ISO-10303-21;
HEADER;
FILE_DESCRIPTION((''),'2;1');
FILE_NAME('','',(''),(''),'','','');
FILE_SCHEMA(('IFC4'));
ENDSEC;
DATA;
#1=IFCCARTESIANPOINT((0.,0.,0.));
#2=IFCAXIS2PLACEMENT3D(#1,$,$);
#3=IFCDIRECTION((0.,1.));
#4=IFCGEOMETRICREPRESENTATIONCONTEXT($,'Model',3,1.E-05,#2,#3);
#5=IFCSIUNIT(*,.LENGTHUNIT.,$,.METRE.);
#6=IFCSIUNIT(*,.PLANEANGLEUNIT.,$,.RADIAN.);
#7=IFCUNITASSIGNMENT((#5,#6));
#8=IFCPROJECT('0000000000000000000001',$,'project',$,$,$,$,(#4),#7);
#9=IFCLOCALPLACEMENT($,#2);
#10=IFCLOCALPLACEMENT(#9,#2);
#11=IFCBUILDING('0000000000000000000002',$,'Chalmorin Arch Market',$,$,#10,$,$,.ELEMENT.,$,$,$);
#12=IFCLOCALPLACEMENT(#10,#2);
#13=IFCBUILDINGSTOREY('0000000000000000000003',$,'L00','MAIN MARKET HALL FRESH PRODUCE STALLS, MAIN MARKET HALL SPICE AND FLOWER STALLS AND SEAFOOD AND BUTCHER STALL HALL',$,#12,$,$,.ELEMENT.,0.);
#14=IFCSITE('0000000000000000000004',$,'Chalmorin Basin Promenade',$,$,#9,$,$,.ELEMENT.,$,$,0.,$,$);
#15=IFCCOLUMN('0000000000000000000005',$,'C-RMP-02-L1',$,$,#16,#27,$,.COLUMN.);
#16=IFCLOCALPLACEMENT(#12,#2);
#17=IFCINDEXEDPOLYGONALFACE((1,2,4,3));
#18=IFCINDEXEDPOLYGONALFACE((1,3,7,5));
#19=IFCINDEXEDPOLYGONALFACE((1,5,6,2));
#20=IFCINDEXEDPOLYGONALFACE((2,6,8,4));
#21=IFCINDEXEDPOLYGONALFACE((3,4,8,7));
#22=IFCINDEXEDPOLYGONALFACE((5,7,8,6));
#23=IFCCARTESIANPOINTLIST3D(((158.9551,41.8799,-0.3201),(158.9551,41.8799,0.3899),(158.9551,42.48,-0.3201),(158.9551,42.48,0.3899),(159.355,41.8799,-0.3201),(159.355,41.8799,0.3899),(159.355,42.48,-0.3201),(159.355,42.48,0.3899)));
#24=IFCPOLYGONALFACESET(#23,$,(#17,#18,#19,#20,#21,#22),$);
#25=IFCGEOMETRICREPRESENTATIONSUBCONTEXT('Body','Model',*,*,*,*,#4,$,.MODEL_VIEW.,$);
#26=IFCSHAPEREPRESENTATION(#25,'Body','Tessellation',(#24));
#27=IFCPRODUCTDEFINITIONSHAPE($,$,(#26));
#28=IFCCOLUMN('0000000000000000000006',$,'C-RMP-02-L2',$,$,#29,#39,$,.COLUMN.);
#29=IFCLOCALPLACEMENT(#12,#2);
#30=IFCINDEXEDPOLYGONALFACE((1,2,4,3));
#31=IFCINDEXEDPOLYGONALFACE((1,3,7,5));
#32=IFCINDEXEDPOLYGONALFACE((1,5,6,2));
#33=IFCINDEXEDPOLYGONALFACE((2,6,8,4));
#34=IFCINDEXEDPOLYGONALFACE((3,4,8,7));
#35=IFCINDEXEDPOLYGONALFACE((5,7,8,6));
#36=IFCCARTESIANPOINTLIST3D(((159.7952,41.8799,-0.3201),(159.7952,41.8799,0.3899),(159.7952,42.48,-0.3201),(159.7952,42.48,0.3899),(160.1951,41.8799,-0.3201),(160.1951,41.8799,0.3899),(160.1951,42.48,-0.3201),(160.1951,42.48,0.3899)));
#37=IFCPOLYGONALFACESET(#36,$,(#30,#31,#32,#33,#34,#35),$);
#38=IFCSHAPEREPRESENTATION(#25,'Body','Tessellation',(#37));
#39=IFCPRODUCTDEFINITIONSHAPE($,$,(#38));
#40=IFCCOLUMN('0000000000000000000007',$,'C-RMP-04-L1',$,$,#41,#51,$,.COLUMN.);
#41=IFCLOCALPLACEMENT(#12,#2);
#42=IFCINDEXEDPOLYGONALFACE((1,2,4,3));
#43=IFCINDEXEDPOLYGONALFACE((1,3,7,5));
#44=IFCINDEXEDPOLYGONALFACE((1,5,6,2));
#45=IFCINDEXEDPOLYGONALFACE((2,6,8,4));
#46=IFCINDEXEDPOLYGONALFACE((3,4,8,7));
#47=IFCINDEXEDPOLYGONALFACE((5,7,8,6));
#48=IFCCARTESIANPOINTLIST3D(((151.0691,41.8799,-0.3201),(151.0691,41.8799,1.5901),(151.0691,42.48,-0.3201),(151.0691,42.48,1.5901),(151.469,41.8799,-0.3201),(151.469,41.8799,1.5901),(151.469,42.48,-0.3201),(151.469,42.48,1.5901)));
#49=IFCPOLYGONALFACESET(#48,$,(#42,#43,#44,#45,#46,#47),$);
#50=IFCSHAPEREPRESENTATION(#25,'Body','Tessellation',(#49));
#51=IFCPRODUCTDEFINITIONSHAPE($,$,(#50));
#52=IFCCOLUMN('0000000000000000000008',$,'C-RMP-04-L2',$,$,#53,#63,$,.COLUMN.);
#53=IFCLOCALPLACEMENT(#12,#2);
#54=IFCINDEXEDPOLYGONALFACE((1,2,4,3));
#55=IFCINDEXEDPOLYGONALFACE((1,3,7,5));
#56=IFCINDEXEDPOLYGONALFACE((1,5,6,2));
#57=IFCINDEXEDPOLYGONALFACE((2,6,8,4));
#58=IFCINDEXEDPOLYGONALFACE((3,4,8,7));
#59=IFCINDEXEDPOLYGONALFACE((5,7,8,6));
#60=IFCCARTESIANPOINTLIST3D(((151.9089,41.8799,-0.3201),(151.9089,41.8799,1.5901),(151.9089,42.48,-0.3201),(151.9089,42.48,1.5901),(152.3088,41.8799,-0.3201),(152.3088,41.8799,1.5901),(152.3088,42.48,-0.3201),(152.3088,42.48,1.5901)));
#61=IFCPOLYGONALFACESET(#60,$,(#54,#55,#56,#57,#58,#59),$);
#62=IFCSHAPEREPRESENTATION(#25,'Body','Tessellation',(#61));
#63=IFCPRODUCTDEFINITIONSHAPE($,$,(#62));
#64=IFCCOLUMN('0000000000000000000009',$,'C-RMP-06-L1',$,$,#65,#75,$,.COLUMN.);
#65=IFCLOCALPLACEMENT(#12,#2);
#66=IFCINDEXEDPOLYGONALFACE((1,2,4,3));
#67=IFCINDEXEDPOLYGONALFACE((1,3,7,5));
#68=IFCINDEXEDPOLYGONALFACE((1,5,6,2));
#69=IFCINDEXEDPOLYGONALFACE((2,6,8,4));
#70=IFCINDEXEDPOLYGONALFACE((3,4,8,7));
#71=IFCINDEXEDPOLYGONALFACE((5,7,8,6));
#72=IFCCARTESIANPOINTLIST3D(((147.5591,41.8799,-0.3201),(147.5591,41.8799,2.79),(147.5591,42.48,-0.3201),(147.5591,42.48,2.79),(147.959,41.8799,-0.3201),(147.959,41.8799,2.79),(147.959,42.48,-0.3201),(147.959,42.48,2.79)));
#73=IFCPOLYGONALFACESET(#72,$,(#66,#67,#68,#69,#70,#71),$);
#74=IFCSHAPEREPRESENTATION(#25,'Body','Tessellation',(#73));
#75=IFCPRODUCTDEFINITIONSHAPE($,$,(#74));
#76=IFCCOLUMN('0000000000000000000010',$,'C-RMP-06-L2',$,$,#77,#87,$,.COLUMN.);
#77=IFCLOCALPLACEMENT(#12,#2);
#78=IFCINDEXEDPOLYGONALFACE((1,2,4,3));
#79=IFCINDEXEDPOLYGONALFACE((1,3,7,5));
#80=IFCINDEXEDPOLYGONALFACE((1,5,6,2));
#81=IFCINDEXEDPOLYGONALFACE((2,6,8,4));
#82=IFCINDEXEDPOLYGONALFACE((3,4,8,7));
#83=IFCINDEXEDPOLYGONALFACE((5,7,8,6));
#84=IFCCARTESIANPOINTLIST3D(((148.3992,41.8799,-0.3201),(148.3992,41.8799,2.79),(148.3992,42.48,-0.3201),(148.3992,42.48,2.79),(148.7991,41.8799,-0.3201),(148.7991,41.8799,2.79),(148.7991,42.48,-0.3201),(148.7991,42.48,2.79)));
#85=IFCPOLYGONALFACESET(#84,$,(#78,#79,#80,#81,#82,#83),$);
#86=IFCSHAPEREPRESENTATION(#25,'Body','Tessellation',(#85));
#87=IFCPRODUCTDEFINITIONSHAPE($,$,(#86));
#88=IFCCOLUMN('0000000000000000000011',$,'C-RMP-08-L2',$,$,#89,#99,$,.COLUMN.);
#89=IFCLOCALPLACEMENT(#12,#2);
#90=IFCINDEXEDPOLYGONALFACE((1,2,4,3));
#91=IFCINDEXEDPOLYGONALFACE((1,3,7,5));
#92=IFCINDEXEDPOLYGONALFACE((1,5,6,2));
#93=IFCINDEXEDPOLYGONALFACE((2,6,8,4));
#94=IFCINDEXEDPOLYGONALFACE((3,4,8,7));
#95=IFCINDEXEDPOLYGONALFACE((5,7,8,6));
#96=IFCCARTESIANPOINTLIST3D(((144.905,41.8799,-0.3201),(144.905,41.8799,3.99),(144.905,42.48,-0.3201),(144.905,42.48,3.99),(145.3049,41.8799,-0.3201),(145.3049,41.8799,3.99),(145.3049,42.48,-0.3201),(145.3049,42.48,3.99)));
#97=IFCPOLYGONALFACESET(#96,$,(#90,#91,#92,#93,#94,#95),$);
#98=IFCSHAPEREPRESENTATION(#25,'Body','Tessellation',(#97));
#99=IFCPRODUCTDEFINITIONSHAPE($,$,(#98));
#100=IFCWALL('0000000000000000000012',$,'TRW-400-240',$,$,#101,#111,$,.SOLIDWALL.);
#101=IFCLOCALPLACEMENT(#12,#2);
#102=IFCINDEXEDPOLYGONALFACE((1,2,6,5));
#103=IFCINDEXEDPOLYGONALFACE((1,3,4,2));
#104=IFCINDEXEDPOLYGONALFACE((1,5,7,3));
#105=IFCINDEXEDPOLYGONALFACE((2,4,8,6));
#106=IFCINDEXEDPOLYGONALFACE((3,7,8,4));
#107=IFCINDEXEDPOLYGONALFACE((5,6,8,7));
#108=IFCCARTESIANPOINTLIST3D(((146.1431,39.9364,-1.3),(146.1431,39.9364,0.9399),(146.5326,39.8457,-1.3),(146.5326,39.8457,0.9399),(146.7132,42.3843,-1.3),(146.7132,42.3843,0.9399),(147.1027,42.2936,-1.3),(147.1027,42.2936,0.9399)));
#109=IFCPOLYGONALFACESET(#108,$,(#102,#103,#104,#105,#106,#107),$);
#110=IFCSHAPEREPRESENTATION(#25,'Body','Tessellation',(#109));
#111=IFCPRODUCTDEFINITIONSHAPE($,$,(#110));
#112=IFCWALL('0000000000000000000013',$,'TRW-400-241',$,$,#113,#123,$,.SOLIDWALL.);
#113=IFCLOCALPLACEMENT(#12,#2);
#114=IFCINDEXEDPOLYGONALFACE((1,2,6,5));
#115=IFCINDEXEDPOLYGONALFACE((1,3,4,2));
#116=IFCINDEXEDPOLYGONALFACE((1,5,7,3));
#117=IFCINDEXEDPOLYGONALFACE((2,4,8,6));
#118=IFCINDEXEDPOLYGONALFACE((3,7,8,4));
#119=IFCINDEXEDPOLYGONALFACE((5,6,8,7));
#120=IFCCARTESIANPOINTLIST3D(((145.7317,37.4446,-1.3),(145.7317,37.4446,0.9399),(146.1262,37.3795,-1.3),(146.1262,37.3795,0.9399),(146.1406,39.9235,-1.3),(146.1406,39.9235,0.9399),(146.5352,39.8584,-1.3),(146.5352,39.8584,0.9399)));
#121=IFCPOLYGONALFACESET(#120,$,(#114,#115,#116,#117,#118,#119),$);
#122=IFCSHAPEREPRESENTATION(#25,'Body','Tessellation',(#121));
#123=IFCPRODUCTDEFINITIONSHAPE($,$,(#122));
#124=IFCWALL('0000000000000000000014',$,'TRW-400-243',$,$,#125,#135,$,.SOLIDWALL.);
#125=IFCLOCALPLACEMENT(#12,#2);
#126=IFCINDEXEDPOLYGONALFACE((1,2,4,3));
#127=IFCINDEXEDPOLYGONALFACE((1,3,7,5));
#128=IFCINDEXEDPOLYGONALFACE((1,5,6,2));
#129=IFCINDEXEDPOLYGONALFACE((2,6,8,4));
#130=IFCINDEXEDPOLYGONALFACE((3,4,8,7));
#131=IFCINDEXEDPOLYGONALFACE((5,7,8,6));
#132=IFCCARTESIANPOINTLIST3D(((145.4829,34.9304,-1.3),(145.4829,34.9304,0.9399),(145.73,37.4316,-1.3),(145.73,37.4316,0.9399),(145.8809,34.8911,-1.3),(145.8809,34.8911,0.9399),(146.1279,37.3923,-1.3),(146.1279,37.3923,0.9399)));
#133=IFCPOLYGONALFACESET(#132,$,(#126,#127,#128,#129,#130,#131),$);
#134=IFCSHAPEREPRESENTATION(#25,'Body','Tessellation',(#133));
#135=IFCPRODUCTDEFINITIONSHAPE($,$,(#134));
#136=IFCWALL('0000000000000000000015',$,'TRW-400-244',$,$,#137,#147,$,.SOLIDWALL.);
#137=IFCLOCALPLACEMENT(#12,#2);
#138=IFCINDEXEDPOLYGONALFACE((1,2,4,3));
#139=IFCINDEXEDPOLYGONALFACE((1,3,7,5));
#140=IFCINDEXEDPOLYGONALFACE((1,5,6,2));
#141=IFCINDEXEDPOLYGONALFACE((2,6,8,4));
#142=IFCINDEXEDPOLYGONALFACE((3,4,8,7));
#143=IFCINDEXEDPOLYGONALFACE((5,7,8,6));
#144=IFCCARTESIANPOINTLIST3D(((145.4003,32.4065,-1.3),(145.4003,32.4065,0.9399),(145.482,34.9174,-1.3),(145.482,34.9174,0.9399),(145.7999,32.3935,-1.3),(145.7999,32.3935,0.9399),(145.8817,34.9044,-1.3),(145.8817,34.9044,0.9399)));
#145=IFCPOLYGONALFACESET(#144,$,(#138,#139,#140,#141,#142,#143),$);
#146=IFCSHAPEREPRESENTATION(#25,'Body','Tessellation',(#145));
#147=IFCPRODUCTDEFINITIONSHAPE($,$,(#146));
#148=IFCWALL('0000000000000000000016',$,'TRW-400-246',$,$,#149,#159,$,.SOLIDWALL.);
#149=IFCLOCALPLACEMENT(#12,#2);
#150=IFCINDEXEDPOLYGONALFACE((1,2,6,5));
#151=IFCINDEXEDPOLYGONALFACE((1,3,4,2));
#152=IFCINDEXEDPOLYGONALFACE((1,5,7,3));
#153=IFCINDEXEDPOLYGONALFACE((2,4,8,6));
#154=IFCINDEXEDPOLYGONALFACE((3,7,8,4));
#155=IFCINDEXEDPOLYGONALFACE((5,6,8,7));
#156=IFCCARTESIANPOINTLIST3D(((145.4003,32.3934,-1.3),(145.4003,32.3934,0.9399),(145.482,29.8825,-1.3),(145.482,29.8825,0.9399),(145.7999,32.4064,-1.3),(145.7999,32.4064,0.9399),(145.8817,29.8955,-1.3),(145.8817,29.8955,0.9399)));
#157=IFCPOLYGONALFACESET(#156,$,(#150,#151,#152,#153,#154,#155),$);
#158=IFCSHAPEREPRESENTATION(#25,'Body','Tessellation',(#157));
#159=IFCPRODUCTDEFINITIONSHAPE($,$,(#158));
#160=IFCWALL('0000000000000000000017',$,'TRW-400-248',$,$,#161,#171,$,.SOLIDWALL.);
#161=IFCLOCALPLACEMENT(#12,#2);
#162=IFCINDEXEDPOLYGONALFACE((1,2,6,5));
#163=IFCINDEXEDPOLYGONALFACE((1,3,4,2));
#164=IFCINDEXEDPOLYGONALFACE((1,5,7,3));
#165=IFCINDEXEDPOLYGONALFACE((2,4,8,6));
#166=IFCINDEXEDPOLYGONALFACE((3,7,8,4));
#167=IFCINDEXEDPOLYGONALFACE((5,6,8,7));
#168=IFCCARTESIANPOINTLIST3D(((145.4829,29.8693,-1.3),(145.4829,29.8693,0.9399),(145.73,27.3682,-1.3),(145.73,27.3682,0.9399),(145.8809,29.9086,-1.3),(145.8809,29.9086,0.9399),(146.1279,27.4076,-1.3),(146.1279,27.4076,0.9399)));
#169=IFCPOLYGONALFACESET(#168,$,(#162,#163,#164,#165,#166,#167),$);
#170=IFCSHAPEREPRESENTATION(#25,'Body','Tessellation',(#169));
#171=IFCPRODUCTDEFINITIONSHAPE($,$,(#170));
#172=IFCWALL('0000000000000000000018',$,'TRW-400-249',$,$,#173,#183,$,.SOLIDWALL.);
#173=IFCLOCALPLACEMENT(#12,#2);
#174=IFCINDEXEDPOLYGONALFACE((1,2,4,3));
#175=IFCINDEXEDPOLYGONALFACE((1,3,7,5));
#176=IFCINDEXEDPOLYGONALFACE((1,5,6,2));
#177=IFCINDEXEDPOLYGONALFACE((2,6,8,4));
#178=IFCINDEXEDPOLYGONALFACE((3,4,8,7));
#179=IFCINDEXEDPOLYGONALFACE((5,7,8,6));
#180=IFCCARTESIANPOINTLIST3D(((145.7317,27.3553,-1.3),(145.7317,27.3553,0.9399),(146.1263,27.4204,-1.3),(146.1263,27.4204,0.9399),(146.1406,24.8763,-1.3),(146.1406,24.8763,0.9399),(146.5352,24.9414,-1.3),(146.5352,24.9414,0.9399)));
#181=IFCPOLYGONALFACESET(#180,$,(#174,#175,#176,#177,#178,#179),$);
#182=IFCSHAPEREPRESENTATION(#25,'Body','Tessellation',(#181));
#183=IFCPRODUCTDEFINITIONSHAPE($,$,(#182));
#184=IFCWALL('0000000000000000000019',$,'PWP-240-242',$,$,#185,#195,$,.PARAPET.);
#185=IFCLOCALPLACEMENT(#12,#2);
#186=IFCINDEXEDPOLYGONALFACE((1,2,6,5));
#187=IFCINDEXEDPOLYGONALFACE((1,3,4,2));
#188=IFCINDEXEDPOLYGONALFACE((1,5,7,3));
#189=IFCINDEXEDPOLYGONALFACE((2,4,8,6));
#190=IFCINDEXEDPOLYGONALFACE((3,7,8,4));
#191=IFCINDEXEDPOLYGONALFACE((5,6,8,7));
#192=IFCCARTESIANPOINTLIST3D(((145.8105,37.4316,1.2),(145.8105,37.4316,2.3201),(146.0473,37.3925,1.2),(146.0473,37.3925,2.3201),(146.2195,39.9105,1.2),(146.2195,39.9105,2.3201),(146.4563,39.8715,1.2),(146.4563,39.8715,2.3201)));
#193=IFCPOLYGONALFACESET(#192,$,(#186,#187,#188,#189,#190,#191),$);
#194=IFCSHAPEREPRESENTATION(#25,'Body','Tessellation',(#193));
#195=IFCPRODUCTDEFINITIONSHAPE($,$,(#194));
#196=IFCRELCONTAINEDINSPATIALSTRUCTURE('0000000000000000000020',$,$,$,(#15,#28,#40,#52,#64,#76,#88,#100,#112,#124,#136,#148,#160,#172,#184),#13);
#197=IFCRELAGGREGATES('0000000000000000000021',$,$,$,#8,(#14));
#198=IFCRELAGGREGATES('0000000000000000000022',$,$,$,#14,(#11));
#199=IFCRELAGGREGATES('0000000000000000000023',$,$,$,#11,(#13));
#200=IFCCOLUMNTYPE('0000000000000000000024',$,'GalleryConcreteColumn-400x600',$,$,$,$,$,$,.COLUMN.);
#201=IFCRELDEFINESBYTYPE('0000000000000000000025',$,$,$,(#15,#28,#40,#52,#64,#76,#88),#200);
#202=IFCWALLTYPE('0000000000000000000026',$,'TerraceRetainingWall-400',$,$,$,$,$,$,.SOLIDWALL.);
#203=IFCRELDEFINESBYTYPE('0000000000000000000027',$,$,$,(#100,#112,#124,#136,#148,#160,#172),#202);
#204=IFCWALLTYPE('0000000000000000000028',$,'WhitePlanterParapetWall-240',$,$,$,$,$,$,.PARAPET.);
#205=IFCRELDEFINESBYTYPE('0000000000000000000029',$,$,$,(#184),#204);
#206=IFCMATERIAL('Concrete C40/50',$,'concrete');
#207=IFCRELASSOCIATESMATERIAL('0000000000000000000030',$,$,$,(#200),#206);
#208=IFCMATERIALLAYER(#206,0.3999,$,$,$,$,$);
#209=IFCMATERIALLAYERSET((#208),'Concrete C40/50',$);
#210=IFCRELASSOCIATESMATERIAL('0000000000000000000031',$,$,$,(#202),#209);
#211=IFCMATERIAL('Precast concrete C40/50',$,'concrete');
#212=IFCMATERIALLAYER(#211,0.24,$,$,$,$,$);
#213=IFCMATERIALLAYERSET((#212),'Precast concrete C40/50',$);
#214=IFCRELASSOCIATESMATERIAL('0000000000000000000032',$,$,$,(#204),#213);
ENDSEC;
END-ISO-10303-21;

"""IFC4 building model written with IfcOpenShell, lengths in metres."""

from ifc_helpers import new_model, si_unit, direction, frame, frame_2d, origin, origin_2d, place, context, subcontext, project, spatial, rectangle, extrude, material, layer, layer_set, material_profile, profile_set, type_object, element, save


model = new_model("IFC4")

# Units and contexts
model_context = context("Model", 3, precision=1e-05, world=origin(), true_north=direction((0.0, 1.0)))
body_context = subcontext(model_context, "Body", "Model", "MODEL_VIEW")
ifc_project = project(units=[si_unit("LENGTHUNIT", "METRE"), si_unit("PLANEANGLEUNIT", "RADIAN")], contexts=[model_context])

# Site, building, storey
site_placement = place(None, origin())
site = spatial("IfcSite", under=ifc_project, at=site_placement, Name="Chalmorin Basin Promenade", CompositionType="ELEMENT", RefElevation=0.0)
building_placement = place(site_placement, origin())
building = spatial("IfcBuilding", under=site, at=building_placement, Name="Chalmorin Arch Market", CompositionType="ELEMENT")
storey_placement = place(building_placement, origin())
storey = spatial("IfcBuildingStorey", under=building, at=storey_placement, Name="L00", Description="MAIN MARKET HALL FRESH PRODUCE STALLS, MAIN MARKET HALL SPICE AND FLOWER STALLS AND SEAFOOD AND BUTCHER STALL HALL", CompositionType="ELEMENT", Elevation=0.0)

# Columns
ifc_material_1 = material(Name="Concrete C40/50", Category="concrete")
ifc_material_profile = material_profile(ifc_material_1, rectangle(XDim=0.3999, YDim=0.6001, at=origin_2d()), Name="RC400X600")
ifc_profile_set = profile_set([ifc_material_profile], Name="Concrete C40/50")
column_type = type_object("IfcColumnType", Name="GalleryConcreteColumn-400x600", PredefinedType="COLUMN", material=ifc_profile_set)
for number, where, z_axis, x_axis, name in (
    (1, (159.155, 42.1799, -0.3201), (0.0, 0.0, 1.0), (1.0, 0.0, 0.0), "C-RMP-02-L1"),
    (2, (159.9951, 42.1799, -0.3201), (0.0, 0.0, 1.0), (1.0, 0.0, 0.0), "C-RMP-02-L2"),
):
    element("IfcColumn", number, at=place(storey_placement, frame(where, z_axis=z_axis, x_axis=x_axis)), inside=storey, type_object=column_type, Name=name, PredefinedType="COLUMN", context=body_context, shape_type="SweptSolid", body=[
        extrude(rectangle(XDim=0.3999, YDim=0.6001, at=origin_2d()), origin(), (0.0, 0.0, 1.0), 0.71),
    ])
for number, where, z_axis, x_axis, name in (
    (3, (151.269, 42.1799, -0.3201), (0.0, 0.0, 1.0), (1.0, 0.0, 0.0), "C-RMP-04-L1"),
    (4, (152.1089, 42.1799, -0.3201), (0.0, 0.0, 1.0), (1.0, 0.0, 0.0), "C-RMP-04-L2"),
):
    element("IfcColumn", number, at=place(storey_placement, frame(where, z_axis=z_axis, x_axis=x_axis)), inside=storey, type_object=column_type, Name=name, PredefinedType="COLUMN", context=body_context, shape_type="SweptSolid", body=[
        extrude(rectangle(XDim=0.3999, YDim=0.6001, at=origin_2d()), origin(), (0.0, 0.0, 1.0), 1.9102),
    ])
for number, where, z_axis, x_axis, name in (
    (5, (147.759, 42.1799, -0.3201), (0.0, 0.0, 1.0), (1.0, 0.0, 0.0), "C-RMP-06-L1"),
    (6, (148.5991, 42.1799, -0.3201), (0.0, 0.0, 1.0), (1.0, 0.0, 0.0), "C-RMP-06-L2"),
):
    element("IfcColumn", number, at=place(storey_placement, frame(where, z_axis=z_axis, x_axis=x_axis)), inside=storey, type_object=column_type, Name=name, PredefinedType="COLUMN", context=body_context, shape_type="SweptSolid", body=[
        extrude(rectangle(XDim=0.3999, YDim=0.6001, at=origin_2d()), origin(), (0.0, 0.0, 1.0), 3.1101),
    ])
column_placement = place(storey_placement, frame((145.105, 42.1799, -0.3201), z_axis=(0.0, 0.0, 1.0), x_axis=(1.0, 0.0, 0.0)))
element("IfcColumn", 7, at=column_placement, inside=storey, type_object=column_type, Name="C-RMP-08-L2", PredefinedType="COLUMN", context=body_context, shape_type="SweptSolid", body=[
    extrude(rectangle(XDim=0.3999, YDim=0.6001, at=origin_2d()), origin(), (0.0, 0.0, 1.0), 4.3101),
])

# Walls
ifc_layer_1 = layer(ifc_material_1, 0.3999)
ifc_layer_set_1 = layer_set([ifc_layer_1], Name="Concrete C40/50")
wall_type_1 = type_object("IfcWallType", Name="TerraceRetainingWall-400", PredefinedType="SOLIDWALL", material=ifc_layer_set_1)
wall_1_placement = place(storey_placement, frame((146.908, 42.3391, -1.3), z_axis=(0.0, 0.0, 1.0), x_axis=(-0.226803, -0.973941, 0.0)))
element("IfcWall", 8, at=wall_1_placement, inside=storey, type_object=wall_type_1, Name="TRW-400-240", PredefinedType="SOLIDWALL", context=body_context, shape_type="SweptSolid", body=[
    extrude(rectangle(XDim=2.5134, YDim=0.3999, at=frame_2d((1.2568, 0.0))), origin(), (0.0, 0.0, 1.0), 2.24),
])
wall_2_placement = place(storey_placement, frame((146.3379, 39.8911, -1.3), z_axis=(0.0, 0.0, 1.0), x_axis=(-0.16276, -0.986666, 0.0)))
element("IfcWall", 9, at=wall_2_placement, inside=storey, type_object=wall_type_1, Name="TRW-400-241", PredefinedType="SOLIDWALL", context=body_context, shape_type="SweptSolid", body=[
    extrude(rectangle(XDim=2.5125, YDim=0.3999, at=frame_2d((1.2563, 0.0))), origin(), (0.0, 0.0, 1.0), 2.24),
])
wall_3_placement = place(storey_placement, frame((145.929, 37.4121, -1.3), z_axis=(0.0, 0.0, 1.0), x_axis=(-0.098301, -0.995157, 0.0)))
element("IfcWall", 10, at=wall_3_placement, inside=storey, type_object=wall_type_1, Name="TRW-400-243", PredefinedType="SOLIDWALL", context=body_context, shape_type="SweptSolid", body=[
    extrude(rectangle(XDim=2.5134, YDim=0.3999, at=frame_2d((1.2568, 0.0))), origin(), (0.0, 0.0, 1.0), 2.24),
])
for number, where, z_axis, x_axis, name in (
    (11, (145.6819, 34.9109, -1.3), (0.0, 0.0, 1.0), (-0.032554, -0.99947, 0.0), "TRW-400-244"),
    (12, (145.6001, 32.3999, -1.3), (0.0, 0.0, 1.0), (0.032554, -0.99947, 0.0), "TRW-400-246"),
):
    element("IfcWall", number, at=place(storey_placement, frame(where, z_axis=z_axis, x_axis=x_axis)), inside=storey, type_object=wall_type_1, Name=name, PredefinedType="SOLIDWALL", context=body_context, shape_type="SweptSolid", body=[
        extrude(rectangle(XDim=2.5122, YDim=0.3999, at=frame_2d((1.2561, 0.0))), origin(), (0.0, 0.0, 1.0), 2.24),
    ])
wall_4_placement = place(storey_placement, frame((145.6819, 29.8889, -1.3), z_axis=(0.0, 0.0, 1.0), x_axis=(0.098311, -0.995156, 0.0)))
element("IfcWall", 13, at=wall_4_placement, inside=storey, type_object=wall_type_1, Name="TRW-400-248", PredefinedType="SOLIDWALL", context=body_context, shape_type="SweptSolid", body=[
    extrude(rectangle(XDim=2.5132, YDim=0.3999, at=frame_2d((1.2566, 0.0))), origin(), (0.0, 0.0, 1.0), 2.24),
])
wall_5_placement = place(storey_placement, frame((145.929, 27.3879, -1.3), z_axis=(0.0, 0.0, 1.0), x_axis=(0.16276, -0.986666, 0.0)))
element("IfcWall", 14, at=wall_5_placement, inside=storey, type_object=wall_type_1, Name="TRW-400-249", PredefinedType="SOLIDWALL", context=body_context, shape_type="SweptSolid", body=[
    extrude(rectangle(XDim=2.5125, YDim=0.3999, at=frame_2d((1.2563, 0.0))), origin(), (0.0, 0.0, 1.0), 2.24),
])
ifc_material_2 = material(Name="Precast concrete C40/50", Category="concrete")
ifc_layer_2 = layer(ifc_material_2, 0.24)
ifc_layer_set_2 = layer_set([ifc_layer_2], Name="Precast concrete C40/50")
wall_type_2 = type_object("IfcWallType", Name="WhitePlanterParapetWall-240", PredefinedType="PARAPET", material=ifc_layer_set_2)
wall_6_placement = place(storey_placement, frame((146.3379, 39.8911, 1.2), z_axis=(0.0, 0.0, 1.0), x_axis=(-0.16276, -0.986666, 0.0)))
element("IfcWall", 15, at=wall_6_placement, inside=storey, type_object=wall_type_2, Name="PWP-240-242", PredefinedType="PARAPET", context=body_context, shape_type="SweptSolid", body=[
    extrude(rectangle(XDim=2.5125, YDim=0.24, at=frame_2d((1.2563, 0.0))), origin(), (0.0, 0.0, 1.0), 1.1201),
])

save(model, "model.ifc")
